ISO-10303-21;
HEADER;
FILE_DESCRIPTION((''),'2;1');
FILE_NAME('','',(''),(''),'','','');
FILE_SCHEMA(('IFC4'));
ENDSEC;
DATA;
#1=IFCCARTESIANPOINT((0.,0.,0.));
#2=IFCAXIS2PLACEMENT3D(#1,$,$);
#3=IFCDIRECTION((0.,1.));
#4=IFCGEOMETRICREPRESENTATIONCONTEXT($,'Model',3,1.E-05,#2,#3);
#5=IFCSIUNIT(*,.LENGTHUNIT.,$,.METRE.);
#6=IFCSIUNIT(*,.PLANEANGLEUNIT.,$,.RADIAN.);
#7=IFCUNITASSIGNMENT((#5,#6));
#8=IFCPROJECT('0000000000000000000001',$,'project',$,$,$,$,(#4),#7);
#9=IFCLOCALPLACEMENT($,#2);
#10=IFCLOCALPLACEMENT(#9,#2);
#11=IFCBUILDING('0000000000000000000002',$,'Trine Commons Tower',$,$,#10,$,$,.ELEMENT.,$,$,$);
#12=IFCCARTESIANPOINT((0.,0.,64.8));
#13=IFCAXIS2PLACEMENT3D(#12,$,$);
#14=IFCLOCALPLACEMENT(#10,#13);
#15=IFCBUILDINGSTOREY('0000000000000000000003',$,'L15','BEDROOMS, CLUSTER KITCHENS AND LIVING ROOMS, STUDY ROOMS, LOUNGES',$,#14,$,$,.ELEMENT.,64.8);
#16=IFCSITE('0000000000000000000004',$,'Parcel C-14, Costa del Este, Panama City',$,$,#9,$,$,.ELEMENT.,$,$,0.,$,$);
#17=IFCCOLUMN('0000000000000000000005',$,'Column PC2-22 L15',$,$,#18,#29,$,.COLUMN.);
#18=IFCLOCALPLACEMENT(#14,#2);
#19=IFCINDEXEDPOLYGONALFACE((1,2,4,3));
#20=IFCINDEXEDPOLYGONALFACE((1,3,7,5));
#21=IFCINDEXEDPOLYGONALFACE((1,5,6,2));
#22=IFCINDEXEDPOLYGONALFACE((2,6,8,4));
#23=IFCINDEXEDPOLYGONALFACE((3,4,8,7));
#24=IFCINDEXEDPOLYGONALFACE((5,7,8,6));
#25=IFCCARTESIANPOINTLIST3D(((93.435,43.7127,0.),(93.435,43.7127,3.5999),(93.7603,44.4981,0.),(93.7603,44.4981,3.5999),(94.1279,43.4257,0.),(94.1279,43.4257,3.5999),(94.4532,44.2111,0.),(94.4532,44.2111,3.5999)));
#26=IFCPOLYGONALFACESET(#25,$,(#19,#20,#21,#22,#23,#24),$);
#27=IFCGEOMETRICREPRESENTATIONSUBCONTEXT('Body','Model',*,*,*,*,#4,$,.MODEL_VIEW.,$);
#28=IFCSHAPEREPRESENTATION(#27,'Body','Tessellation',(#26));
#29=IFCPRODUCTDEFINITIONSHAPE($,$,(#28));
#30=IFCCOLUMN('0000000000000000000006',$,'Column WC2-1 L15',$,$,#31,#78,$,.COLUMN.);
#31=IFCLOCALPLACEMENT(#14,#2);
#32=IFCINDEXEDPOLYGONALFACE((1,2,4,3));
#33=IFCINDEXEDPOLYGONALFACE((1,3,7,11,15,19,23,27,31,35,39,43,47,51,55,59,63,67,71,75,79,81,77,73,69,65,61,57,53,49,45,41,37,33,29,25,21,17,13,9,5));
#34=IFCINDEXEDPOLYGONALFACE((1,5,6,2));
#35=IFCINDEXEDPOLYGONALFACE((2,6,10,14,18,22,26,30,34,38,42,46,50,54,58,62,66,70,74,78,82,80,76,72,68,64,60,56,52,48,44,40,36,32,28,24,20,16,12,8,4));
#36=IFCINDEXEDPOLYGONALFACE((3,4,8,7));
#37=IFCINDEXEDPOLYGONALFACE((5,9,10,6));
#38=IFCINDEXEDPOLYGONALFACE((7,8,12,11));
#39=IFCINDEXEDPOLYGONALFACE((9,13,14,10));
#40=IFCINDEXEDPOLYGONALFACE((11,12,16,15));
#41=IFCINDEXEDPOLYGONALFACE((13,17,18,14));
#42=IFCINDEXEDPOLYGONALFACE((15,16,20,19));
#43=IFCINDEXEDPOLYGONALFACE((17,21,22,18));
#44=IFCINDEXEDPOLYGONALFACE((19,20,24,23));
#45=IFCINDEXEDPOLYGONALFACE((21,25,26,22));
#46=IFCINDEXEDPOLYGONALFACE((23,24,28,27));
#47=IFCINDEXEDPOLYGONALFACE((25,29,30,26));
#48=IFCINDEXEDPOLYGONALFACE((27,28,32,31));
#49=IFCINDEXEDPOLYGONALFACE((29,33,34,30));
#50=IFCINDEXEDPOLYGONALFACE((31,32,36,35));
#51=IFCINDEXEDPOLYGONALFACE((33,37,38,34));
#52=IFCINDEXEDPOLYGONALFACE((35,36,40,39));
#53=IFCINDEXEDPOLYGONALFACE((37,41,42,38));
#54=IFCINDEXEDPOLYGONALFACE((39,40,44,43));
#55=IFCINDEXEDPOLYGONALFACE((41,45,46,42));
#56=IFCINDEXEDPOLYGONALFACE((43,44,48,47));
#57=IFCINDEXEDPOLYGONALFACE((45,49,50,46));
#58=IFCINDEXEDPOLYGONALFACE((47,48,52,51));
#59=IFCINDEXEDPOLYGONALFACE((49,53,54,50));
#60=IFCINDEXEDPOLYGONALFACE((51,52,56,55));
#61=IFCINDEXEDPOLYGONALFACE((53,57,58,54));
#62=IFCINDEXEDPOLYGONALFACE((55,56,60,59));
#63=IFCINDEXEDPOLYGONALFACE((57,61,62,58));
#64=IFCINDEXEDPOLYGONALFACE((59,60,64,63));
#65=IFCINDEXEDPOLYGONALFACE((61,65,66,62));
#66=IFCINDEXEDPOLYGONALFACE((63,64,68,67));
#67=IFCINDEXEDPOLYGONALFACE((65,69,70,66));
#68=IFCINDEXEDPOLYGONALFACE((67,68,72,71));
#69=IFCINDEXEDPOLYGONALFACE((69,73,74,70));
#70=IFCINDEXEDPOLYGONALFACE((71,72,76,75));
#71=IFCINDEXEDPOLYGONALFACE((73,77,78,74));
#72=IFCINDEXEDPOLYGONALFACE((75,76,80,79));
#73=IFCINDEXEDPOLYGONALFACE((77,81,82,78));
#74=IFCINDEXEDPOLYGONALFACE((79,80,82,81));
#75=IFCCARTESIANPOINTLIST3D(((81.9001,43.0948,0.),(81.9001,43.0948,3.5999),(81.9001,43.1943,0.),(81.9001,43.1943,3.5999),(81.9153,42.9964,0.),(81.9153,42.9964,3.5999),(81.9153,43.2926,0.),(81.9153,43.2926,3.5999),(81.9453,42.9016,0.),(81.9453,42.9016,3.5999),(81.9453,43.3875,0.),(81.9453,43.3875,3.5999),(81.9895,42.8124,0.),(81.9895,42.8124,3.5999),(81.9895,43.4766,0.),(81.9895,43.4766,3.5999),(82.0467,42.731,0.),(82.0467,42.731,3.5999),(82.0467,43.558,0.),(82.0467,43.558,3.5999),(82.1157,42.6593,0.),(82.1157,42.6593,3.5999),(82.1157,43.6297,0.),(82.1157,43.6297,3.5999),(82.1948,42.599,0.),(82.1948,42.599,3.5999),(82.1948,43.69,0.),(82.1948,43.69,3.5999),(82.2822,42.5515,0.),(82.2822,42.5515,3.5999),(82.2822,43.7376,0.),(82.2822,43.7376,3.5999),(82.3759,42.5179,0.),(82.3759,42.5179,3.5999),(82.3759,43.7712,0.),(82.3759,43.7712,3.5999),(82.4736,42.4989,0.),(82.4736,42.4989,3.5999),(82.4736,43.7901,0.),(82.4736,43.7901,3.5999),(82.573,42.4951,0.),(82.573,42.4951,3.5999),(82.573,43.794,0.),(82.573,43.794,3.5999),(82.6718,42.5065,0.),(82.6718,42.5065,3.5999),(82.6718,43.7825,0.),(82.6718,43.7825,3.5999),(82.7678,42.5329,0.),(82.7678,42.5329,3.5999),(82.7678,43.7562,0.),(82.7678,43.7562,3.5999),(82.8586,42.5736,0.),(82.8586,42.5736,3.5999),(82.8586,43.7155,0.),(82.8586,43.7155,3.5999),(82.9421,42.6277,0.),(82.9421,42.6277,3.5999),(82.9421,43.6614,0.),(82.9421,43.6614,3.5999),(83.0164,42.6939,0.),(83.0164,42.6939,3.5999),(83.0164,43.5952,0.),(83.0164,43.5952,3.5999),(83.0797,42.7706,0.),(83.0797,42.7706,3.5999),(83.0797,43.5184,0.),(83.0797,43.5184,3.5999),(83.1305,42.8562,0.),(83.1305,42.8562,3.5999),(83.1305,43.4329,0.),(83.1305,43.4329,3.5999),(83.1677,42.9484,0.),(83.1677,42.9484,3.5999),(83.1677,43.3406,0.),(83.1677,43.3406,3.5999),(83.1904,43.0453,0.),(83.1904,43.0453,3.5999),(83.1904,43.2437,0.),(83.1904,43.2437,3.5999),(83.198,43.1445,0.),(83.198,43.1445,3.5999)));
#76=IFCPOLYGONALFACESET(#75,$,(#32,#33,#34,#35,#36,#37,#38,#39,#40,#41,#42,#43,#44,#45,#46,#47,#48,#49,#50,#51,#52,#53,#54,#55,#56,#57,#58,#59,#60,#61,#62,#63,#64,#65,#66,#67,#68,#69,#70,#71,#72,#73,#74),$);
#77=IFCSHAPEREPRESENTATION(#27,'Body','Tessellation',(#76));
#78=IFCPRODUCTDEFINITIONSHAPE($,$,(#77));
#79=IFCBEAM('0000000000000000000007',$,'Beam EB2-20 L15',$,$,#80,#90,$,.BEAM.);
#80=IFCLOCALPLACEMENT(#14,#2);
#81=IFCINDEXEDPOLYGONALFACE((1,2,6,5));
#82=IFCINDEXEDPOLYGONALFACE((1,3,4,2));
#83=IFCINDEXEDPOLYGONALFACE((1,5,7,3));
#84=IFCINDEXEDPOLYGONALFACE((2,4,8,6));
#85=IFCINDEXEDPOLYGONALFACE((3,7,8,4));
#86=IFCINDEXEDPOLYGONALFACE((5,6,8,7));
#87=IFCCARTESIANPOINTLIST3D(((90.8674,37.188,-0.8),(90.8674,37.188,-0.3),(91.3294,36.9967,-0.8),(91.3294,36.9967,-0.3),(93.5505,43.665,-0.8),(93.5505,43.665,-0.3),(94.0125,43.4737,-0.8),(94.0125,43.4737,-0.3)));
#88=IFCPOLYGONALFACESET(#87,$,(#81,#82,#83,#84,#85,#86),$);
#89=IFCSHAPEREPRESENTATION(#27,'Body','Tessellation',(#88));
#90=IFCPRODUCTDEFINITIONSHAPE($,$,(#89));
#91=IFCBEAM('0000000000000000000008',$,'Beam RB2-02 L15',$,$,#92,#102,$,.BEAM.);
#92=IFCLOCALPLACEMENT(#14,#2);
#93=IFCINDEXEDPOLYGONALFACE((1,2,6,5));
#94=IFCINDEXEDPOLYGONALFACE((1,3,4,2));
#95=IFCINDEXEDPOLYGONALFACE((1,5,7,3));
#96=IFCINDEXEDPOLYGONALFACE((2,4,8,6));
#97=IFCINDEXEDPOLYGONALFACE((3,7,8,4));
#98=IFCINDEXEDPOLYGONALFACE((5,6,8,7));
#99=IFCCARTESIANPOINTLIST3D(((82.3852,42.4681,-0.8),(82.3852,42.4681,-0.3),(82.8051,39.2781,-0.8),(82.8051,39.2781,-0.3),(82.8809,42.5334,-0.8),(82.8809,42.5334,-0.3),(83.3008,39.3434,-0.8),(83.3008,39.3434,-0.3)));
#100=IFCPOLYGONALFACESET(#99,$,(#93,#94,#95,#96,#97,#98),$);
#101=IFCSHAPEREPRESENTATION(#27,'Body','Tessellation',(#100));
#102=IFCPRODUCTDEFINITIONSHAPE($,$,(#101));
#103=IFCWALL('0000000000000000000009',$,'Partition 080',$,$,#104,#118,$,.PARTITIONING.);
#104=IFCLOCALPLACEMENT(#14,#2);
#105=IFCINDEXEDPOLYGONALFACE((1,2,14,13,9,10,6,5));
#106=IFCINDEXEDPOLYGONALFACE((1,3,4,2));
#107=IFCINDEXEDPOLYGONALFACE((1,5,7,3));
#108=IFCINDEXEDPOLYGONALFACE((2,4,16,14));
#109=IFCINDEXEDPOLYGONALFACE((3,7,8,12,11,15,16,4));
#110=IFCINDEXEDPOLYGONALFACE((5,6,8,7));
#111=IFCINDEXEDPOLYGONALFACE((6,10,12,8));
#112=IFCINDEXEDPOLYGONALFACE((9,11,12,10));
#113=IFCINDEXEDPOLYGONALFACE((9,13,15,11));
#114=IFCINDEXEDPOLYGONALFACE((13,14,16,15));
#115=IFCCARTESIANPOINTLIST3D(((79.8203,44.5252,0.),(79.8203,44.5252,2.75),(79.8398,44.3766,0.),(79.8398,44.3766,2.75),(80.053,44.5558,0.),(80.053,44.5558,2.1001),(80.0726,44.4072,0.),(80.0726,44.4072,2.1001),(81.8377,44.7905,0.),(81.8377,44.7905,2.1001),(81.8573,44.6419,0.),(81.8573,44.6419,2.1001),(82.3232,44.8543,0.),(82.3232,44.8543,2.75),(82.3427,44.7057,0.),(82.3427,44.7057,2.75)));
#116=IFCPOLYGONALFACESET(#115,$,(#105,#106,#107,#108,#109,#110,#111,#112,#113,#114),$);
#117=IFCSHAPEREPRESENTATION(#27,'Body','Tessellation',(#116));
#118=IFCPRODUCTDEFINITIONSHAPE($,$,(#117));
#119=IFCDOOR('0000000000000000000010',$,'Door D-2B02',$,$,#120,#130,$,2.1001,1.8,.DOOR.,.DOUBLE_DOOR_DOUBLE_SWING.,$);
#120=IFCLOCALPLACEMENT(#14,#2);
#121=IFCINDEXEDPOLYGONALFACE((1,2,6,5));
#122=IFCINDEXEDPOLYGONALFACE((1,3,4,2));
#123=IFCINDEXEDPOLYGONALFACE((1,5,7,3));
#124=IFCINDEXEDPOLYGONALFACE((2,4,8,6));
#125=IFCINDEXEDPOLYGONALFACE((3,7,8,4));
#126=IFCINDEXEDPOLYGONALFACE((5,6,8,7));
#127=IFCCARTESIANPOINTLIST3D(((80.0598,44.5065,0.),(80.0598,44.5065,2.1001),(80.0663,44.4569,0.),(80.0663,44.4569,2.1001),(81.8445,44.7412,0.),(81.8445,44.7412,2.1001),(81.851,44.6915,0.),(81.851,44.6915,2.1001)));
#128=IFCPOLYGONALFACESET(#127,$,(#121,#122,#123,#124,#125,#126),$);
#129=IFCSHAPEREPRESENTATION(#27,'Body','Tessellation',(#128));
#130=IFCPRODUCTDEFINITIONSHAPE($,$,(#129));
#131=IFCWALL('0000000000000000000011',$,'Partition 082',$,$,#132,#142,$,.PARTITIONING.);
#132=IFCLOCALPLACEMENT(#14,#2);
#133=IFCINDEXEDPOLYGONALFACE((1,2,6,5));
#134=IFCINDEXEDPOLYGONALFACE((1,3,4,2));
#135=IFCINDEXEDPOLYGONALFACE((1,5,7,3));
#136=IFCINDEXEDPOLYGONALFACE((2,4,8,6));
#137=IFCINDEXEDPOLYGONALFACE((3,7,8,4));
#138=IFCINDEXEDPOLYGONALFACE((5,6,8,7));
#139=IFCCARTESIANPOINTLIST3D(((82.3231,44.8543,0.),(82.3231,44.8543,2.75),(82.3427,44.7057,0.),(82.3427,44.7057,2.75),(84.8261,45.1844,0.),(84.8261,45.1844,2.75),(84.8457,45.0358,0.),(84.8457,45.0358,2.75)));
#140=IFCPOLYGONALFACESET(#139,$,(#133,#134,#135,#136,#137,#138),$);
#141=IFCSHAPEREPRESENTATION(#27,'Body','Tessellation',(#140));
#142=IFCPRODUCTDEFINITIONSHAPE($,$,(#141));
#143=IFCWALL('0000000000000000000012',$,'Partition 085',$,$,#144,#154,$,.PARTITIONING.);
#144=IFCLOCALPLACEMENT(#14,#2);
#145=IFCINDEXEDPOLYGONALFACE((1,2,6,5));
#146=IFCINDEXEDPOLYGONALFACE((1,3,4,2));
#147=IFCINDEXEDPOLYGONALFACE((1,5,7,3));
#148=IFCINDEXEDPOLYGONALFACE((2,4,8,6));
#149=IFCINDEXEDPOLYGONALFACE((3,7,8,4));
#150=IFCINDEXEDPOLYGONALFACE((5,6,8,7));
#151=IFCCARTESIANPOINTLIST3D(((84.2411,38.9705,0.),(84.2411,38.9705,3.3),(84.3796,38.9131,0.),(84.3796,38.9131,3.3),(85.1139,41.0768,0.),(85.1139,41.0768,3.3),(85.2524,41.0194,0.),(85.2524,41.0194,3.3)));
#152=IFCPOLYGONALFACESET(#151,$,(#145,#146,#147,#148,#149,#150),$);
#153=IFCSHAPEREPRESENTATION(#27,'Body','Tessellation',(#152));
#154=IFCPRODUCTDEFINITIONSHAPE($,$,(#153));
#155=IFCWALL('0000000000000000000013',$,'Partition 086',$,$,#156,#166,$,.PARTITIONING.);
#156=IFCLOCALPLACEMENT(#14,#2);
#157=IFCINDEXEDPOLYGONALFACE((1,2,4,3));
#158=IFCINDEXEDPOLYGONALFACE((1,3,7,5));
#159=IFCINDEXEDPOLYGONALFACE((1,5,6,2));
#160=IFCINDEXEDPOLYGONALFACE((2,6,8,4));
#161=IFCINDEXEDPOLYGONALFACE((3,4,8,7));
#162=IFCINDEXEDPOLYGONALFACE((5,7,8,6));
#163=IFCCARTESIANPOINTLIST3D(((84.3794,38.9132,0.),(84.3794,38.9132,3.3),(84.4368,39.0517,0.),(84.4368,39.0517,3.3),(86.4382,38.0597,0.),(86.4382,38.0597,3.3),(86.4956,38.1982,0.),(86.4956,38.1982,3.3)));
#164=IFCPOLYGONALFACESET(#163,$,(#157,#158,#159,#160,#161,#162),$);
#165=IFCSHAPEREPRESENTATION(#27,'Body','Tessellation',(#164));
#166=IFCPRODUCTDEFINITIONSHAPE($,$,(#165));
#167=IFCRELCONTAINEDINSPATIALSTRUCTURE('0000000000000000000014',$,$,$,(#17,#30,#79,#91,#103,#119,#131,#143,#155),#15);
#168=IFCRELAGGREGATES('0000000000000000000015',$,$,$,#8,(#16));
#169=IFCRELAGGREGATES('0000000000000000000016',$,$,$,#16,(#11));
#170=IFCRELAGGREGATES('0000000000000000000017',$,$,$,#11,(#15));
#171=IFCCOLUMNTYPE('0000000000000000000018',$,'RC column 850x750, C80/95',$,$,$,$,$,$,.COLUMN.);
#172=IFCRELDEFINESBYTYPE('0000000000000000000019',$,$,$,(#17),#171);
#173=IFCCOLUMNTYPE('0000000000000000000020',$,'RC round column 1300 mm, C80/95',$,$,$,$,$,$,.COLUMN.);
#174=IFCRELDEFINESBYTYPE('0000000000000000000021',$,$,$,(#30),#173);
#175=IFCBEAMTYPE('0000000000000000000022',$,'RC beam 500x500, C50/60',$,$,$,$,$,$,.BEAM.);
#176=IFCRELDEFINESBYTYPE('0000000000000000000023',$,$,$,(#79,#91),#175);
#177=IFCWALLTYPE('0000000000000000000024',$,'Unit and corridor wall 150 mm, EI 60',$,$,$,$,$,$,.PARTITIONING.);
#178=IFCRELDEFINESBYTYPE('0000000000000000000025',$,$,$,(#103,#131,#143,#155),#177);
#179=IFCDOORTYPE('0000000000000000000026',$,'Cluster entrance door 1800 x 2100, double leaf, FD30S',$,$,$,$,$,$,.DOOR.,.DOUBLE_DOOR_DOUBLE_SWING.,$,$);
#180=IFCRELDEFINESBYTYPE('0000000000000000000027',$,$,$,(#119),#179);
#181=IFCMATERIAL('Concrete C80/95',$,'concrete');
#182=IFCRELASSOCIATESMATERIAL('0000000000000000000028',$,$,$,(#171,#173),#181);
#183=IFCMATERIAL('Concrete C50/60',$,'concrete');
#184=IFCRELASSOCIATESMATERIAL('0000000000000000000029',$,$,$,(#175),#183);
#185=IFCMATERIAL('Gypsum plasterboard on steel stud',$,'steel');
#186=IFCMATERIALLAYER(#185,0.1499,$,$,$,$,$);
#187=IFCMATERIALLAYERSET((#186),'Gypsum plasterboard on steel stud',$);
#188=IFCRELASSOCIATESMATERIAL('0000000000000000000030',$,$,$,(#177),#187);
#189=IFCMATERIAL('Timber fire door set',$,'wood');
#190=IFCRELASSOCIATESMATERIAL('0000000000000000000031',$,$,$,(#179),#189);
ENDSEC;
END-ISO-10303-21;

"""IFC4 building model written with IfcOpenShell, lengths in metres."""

from ifc_helpers import new_model, si_unit, direction, frame, frame_2d, origin, origin_2d, place, context, subcontext, project, spatial, rectangle, circle, extrude, material, layer, layer_set, material_profile, profile_set, type_object, element, fill, save


model = new_model("IFC4")

# Units and contexts
model_context = context("Model", 3, precision=1e-05, world=origin(), true_north=direction((0.0, 1.0)))
body_context = subcontext(model_context, "Body", "Model", "MODEL_VIEW")
ifc_project = project(units=[si_unit("LENGTHUNIT", "METRE"), si_unit("PLANEANGLEUNIT", "RADIAN")], contexts=[model_context])

# Site, building, storey
site_placement = place(None, origin())
site = spatial("IfcSite", under=ifc_project, at=site_placement, Name="Parcel C-14, Costa del Este, Panama City", CompositionType="ELEMENT", RefElevation=0.0)
building_placement = place(site_placement, origin())
building = spatial("IfcBuilding", under=site, at=building_placement, Name="Trine Commons Tower", CompositionType="ELEMENT")
storey_placement = place(building_placement, frame((0.0, 0.0, 64.8)))
storey = spatial("IfcBuildingStorey", under=building, at=storey_placement, Name="L15", Description="BEDROOMS, CLUSTER KITCHENS AND LIVING ROOMS, STUDY ROOMS, LOUNGES", CompositionType="ELEMENT", Elevation=64.8)

# Columns
ifc_material_1 = material(Name="Concrete C80/95", Category="concrete")
ifc_material_profile_1 = material_profile(ifc_material_1, rectangle(XDim=0.8501, YDim=0.75, at=origin_2d()), Name="RC 850x750")
ifc_profile_set_1 = profile_set([ifc_material_profile_1], Name="Concrete C80/95")
column_type_1 = type_object("IfcColumnType", Name="RC column 850x750, C80/95", PredefinedType="COLUMN", material=ifc_profile_set_1)
column_1_placement = place(storey_placement, frame((93.9441, 43.9619, 0.0), z_axis=(0.0, 0.0, 1.0), x_axis=(0.382683, 0.92388, 0.0)))
element("IfcColumn", 1, at=column_1_placement, inside=storey, type_object=column_type_1, Name="Column PC2-22 L15", PredefinedType="COLUMN", context=body_context, shape_type="SweptSolid", body=[
    extrude(rectangle(XDim=0.8501, YDim=0.75, at=origin_2d()), origin(), (0.0, 0.0, 1.0), 3.5999),
])
ifc_material_profile_2 = material_profile(ifc_material_1, circle(Radius=0.6499, at=origin_2d()), Name="RC round 1300")
ifc_profile_set_2 = profile_set([ifc_material_profile_2], Name="Concrete C80/95")
column_type_2 = type_object("IfcColumnType", Name="RC round column 1300 mm, C80/95", PredefinedType="COLUMN", material=ifc_profile_set_2)
column_2_placement = place(storey_placement, frame((82.5481, 43.1445, 0.0), z_axis=(0.0, 0.0, 1.0), x_axis=(1.0, 0.0, 0.0)))
element("IfcColumn", 2, at=column_2_placement, inside=storey, type_object=column_type_2, Name="Column WC2-1 L15", PredefinedType="COLUMN", context=body_context, shape_type="SweptSolid", body=[
    extrude(circle(Radius=0.6499, at=origin_2d()), origin(), (0.0, 0.0, 1.0), 3.5999),
])

# Beams
ifc_material_2 = material(Name="Concrete C50/60", Category="concrete")
ifc_material_profile_3 = material_profile(ifc_material_2, rectangle(XDim=0.5, YDim=0.5, at=origin_2d()), Name="RC 500x500")
ifc_profile_set_3 = profile_set([ifc_material_profile_3], Name="Concrete C50/60")
beam_type = type_object("IfcBeamType", Name="RC beam 500x500, C50/60", PredefinedType="BEAM", material=ifc_profile_set_3)
beam_1_placement = place(storey_placement, frame((93.7815, 43.5693, -0.55), z_axis=(-0.382711, -0.923868, 0.0), x_axis=(0.923868, -0.382711, 0.0)))
element("IfcBeam", 3, at=beam_1_placement, inside=storey, type_object=beam_type, Name="Beam EB2-20 L15", PredefinedType="BEAM", context=body_context, shape_type="SweptSolid", body=[
    extrude(rectangle(XDim=0.5, YDim=0.5, at=origin_2d()), origin(), (0.0, 0.0, 1.0), 7.0107),
])
beam_2_placement = place(storey_placement, frame((82.6331, 42.5007, -0.55), z_axis=(0.130513, -0.991447, 0.0), x_axis=(0.991447, 0.130513, 0.0)))
element("IfcBeam", 4, at=beam_2_placement, inside=storey, type_object=beam_type, Name="Beam RB2-02 L15", PredefinedType="BEAM", context=body_context, shape_type="SweptSolid", body=[
    extrude(rectangle(XDim=0.5, YDim=0.5, at=origin_2d()), origin(), (0.0, 0.0, 1.0), 3.2175),
])

# Wall, opening, door
ifc_material_3 = material(Name="Gypsum plasterboard on steel stud", Category="steel")
ifc_layer_1 = layer(ifc_material_3, 0.1499)
ifc_layer_set_1 = layer_set([ifc_layer_1], Name="Gypsum plasterboard on steel stud")
wall_type_1 = type_object("IfcWallType", Name="Unit and corridor wall 150 mm, EI 60", PredefinedType="PARTITIONING", material=ifc_layer_set_1)
wall_1_placement = place(storey_placement, frame((79.8301, 44.4509, 0.0), z_axis=(0.0, 0.0, 1.0), x_axis=(0.991466, 0.130364, 0.0)))
wall_1 = element("IfcWall", 5, at=wall_1_placement, inside=storey, type_object=wall_type_1, Name="Partition 080", PredefinedType="PARTITIONING", context=body_context, shape_type="SweptSolid", body=[
    extrude(rectangle(XDim=2.5244, YDim=0.1499, at=frame_2d((1.2622, 0.0))), origin(), (0.0, 0.0, 1.0), 2.75),
])
opening_1_placement = place(wall_1_placement, frame((0.2349, 0.0, 0.0)))
opening_1 = element("IfcOpeningElement", 6, at=opening_1_placement, cuts=wall_1, PredefinedType="OPENING", context=body_context, shape_type="SweptSolid", body=[
    extrude(rectangle(XDim=1.8, YDim=2.1001, at=frame_2d((0.8999, 1.05))), frame((0.0, 0.085, 0.0), z_axis=(0.0, -1.0, 0.0), x_axis=(1.0, 0.0, 0.0)), (0.0, 0.0, 1.0), 0.1699),
])
ifc_material_4 = material(Name="Timber fire door set", Category="wood")
door_type_1 = type_object("IfcDoorType", Name="Cluster entrance door 1800 x 2100, double leaf, FD30S", OperationType="DOUBLE_DOOR_DOUBLE_SWING", PredefinedType="DOOR", material=ifc_material_4)
door_1_placement = place(opening_1_placement, frame((1.8, 0.0, 0.0), z_axis=(0.0, 0.0, 1.0), x_axis=(-1.0, 0.0, 0.0)))
door_1 = element("IfcDoor", 7, at=door_1_placement, inside=storey, type_object=door_type_1, Name="Door D-2B02", OperationType="DOUBLE_DOOR_DOUBLE_SWING", OverallHeight=2.1001, OverallWidth=1.8, PredefinedType="DOOR", context=body_context, shape_type="SweptSolid", body=[
    extrude(rectangle(XDim=1.8, YDim=2.1001, at=frame_2d((0.8999, 1.05))), frame((0.0, 0.0249, 0.0), z_axis=(0.0, -1.0, 0.0), x_axis=(1.0, 0.0, 0.0)), (0.0, 0.0, 1.0), 0.05),
])
fill(opening_1, door_1)

# Walls
wall_2_placement = place(storey_placement, frame((82.333, 44.78, 0.0), z_axis=(0.0, 0.0, 1.0), x_axis=(0.991416, 0.130745, 0.0)))
element("IfcWall", 8, at=wall_2_placement, inside=storey, type_object=wall_type_1, Name="Partition 082", PredefinedType="PARTITIONING", context=body_context, shape_type="SweptSolid", body=[
    extrude(rectangle(XDim=2.5247, YDim=0.1499, at=frame_2d((1.2622, 0.0))), origin(), (0.0, 0.0, 1.0), 2.75),
])
wall_3_placement = place(storey_placement, frame((84.3103, 38.9417, 0.0), z_axis=(0.0, 0.0, 1.0), x_axis=(0.38279, 0.923835, 0.0)))
element("IfcWall", 9, at=wall_3_placement, inside=storey, type_object=wall_type_1, Name="Partition 085", PredefinedType="PARTITIONING", context=body_context, shape_type="SweptSolid", body=[
    extrude(rectangle(XDim=2.28, YDim=0.1499, at=frame_2d((1.1401, 0.0))), origin(), (0.0, 0.0, 1.0), 3.3),
])
wall_4_placement = place(storey_placement, frame((84.4082, 38.9824, 0.0), z_axis=(0.0, 0.0, 1.0), x_axis=(0.923766, -0.382958, 0.0)))
element("IfcWall", 10, at=wall_4_placement, inside=storey, type_object=wall_type_1, Name="Partition 086", PredefinedType="PARTITIONING", context=body_context, shape_type="SweptSolid", body=[
    extrude(rectangle(XDim=2.2288, YDim=0.1499, at=frame_2d((1.1143, 0.0))), origin(), (0.0, 0.0, 1.0), 3.3),
])

save(model, "model.ifc")
